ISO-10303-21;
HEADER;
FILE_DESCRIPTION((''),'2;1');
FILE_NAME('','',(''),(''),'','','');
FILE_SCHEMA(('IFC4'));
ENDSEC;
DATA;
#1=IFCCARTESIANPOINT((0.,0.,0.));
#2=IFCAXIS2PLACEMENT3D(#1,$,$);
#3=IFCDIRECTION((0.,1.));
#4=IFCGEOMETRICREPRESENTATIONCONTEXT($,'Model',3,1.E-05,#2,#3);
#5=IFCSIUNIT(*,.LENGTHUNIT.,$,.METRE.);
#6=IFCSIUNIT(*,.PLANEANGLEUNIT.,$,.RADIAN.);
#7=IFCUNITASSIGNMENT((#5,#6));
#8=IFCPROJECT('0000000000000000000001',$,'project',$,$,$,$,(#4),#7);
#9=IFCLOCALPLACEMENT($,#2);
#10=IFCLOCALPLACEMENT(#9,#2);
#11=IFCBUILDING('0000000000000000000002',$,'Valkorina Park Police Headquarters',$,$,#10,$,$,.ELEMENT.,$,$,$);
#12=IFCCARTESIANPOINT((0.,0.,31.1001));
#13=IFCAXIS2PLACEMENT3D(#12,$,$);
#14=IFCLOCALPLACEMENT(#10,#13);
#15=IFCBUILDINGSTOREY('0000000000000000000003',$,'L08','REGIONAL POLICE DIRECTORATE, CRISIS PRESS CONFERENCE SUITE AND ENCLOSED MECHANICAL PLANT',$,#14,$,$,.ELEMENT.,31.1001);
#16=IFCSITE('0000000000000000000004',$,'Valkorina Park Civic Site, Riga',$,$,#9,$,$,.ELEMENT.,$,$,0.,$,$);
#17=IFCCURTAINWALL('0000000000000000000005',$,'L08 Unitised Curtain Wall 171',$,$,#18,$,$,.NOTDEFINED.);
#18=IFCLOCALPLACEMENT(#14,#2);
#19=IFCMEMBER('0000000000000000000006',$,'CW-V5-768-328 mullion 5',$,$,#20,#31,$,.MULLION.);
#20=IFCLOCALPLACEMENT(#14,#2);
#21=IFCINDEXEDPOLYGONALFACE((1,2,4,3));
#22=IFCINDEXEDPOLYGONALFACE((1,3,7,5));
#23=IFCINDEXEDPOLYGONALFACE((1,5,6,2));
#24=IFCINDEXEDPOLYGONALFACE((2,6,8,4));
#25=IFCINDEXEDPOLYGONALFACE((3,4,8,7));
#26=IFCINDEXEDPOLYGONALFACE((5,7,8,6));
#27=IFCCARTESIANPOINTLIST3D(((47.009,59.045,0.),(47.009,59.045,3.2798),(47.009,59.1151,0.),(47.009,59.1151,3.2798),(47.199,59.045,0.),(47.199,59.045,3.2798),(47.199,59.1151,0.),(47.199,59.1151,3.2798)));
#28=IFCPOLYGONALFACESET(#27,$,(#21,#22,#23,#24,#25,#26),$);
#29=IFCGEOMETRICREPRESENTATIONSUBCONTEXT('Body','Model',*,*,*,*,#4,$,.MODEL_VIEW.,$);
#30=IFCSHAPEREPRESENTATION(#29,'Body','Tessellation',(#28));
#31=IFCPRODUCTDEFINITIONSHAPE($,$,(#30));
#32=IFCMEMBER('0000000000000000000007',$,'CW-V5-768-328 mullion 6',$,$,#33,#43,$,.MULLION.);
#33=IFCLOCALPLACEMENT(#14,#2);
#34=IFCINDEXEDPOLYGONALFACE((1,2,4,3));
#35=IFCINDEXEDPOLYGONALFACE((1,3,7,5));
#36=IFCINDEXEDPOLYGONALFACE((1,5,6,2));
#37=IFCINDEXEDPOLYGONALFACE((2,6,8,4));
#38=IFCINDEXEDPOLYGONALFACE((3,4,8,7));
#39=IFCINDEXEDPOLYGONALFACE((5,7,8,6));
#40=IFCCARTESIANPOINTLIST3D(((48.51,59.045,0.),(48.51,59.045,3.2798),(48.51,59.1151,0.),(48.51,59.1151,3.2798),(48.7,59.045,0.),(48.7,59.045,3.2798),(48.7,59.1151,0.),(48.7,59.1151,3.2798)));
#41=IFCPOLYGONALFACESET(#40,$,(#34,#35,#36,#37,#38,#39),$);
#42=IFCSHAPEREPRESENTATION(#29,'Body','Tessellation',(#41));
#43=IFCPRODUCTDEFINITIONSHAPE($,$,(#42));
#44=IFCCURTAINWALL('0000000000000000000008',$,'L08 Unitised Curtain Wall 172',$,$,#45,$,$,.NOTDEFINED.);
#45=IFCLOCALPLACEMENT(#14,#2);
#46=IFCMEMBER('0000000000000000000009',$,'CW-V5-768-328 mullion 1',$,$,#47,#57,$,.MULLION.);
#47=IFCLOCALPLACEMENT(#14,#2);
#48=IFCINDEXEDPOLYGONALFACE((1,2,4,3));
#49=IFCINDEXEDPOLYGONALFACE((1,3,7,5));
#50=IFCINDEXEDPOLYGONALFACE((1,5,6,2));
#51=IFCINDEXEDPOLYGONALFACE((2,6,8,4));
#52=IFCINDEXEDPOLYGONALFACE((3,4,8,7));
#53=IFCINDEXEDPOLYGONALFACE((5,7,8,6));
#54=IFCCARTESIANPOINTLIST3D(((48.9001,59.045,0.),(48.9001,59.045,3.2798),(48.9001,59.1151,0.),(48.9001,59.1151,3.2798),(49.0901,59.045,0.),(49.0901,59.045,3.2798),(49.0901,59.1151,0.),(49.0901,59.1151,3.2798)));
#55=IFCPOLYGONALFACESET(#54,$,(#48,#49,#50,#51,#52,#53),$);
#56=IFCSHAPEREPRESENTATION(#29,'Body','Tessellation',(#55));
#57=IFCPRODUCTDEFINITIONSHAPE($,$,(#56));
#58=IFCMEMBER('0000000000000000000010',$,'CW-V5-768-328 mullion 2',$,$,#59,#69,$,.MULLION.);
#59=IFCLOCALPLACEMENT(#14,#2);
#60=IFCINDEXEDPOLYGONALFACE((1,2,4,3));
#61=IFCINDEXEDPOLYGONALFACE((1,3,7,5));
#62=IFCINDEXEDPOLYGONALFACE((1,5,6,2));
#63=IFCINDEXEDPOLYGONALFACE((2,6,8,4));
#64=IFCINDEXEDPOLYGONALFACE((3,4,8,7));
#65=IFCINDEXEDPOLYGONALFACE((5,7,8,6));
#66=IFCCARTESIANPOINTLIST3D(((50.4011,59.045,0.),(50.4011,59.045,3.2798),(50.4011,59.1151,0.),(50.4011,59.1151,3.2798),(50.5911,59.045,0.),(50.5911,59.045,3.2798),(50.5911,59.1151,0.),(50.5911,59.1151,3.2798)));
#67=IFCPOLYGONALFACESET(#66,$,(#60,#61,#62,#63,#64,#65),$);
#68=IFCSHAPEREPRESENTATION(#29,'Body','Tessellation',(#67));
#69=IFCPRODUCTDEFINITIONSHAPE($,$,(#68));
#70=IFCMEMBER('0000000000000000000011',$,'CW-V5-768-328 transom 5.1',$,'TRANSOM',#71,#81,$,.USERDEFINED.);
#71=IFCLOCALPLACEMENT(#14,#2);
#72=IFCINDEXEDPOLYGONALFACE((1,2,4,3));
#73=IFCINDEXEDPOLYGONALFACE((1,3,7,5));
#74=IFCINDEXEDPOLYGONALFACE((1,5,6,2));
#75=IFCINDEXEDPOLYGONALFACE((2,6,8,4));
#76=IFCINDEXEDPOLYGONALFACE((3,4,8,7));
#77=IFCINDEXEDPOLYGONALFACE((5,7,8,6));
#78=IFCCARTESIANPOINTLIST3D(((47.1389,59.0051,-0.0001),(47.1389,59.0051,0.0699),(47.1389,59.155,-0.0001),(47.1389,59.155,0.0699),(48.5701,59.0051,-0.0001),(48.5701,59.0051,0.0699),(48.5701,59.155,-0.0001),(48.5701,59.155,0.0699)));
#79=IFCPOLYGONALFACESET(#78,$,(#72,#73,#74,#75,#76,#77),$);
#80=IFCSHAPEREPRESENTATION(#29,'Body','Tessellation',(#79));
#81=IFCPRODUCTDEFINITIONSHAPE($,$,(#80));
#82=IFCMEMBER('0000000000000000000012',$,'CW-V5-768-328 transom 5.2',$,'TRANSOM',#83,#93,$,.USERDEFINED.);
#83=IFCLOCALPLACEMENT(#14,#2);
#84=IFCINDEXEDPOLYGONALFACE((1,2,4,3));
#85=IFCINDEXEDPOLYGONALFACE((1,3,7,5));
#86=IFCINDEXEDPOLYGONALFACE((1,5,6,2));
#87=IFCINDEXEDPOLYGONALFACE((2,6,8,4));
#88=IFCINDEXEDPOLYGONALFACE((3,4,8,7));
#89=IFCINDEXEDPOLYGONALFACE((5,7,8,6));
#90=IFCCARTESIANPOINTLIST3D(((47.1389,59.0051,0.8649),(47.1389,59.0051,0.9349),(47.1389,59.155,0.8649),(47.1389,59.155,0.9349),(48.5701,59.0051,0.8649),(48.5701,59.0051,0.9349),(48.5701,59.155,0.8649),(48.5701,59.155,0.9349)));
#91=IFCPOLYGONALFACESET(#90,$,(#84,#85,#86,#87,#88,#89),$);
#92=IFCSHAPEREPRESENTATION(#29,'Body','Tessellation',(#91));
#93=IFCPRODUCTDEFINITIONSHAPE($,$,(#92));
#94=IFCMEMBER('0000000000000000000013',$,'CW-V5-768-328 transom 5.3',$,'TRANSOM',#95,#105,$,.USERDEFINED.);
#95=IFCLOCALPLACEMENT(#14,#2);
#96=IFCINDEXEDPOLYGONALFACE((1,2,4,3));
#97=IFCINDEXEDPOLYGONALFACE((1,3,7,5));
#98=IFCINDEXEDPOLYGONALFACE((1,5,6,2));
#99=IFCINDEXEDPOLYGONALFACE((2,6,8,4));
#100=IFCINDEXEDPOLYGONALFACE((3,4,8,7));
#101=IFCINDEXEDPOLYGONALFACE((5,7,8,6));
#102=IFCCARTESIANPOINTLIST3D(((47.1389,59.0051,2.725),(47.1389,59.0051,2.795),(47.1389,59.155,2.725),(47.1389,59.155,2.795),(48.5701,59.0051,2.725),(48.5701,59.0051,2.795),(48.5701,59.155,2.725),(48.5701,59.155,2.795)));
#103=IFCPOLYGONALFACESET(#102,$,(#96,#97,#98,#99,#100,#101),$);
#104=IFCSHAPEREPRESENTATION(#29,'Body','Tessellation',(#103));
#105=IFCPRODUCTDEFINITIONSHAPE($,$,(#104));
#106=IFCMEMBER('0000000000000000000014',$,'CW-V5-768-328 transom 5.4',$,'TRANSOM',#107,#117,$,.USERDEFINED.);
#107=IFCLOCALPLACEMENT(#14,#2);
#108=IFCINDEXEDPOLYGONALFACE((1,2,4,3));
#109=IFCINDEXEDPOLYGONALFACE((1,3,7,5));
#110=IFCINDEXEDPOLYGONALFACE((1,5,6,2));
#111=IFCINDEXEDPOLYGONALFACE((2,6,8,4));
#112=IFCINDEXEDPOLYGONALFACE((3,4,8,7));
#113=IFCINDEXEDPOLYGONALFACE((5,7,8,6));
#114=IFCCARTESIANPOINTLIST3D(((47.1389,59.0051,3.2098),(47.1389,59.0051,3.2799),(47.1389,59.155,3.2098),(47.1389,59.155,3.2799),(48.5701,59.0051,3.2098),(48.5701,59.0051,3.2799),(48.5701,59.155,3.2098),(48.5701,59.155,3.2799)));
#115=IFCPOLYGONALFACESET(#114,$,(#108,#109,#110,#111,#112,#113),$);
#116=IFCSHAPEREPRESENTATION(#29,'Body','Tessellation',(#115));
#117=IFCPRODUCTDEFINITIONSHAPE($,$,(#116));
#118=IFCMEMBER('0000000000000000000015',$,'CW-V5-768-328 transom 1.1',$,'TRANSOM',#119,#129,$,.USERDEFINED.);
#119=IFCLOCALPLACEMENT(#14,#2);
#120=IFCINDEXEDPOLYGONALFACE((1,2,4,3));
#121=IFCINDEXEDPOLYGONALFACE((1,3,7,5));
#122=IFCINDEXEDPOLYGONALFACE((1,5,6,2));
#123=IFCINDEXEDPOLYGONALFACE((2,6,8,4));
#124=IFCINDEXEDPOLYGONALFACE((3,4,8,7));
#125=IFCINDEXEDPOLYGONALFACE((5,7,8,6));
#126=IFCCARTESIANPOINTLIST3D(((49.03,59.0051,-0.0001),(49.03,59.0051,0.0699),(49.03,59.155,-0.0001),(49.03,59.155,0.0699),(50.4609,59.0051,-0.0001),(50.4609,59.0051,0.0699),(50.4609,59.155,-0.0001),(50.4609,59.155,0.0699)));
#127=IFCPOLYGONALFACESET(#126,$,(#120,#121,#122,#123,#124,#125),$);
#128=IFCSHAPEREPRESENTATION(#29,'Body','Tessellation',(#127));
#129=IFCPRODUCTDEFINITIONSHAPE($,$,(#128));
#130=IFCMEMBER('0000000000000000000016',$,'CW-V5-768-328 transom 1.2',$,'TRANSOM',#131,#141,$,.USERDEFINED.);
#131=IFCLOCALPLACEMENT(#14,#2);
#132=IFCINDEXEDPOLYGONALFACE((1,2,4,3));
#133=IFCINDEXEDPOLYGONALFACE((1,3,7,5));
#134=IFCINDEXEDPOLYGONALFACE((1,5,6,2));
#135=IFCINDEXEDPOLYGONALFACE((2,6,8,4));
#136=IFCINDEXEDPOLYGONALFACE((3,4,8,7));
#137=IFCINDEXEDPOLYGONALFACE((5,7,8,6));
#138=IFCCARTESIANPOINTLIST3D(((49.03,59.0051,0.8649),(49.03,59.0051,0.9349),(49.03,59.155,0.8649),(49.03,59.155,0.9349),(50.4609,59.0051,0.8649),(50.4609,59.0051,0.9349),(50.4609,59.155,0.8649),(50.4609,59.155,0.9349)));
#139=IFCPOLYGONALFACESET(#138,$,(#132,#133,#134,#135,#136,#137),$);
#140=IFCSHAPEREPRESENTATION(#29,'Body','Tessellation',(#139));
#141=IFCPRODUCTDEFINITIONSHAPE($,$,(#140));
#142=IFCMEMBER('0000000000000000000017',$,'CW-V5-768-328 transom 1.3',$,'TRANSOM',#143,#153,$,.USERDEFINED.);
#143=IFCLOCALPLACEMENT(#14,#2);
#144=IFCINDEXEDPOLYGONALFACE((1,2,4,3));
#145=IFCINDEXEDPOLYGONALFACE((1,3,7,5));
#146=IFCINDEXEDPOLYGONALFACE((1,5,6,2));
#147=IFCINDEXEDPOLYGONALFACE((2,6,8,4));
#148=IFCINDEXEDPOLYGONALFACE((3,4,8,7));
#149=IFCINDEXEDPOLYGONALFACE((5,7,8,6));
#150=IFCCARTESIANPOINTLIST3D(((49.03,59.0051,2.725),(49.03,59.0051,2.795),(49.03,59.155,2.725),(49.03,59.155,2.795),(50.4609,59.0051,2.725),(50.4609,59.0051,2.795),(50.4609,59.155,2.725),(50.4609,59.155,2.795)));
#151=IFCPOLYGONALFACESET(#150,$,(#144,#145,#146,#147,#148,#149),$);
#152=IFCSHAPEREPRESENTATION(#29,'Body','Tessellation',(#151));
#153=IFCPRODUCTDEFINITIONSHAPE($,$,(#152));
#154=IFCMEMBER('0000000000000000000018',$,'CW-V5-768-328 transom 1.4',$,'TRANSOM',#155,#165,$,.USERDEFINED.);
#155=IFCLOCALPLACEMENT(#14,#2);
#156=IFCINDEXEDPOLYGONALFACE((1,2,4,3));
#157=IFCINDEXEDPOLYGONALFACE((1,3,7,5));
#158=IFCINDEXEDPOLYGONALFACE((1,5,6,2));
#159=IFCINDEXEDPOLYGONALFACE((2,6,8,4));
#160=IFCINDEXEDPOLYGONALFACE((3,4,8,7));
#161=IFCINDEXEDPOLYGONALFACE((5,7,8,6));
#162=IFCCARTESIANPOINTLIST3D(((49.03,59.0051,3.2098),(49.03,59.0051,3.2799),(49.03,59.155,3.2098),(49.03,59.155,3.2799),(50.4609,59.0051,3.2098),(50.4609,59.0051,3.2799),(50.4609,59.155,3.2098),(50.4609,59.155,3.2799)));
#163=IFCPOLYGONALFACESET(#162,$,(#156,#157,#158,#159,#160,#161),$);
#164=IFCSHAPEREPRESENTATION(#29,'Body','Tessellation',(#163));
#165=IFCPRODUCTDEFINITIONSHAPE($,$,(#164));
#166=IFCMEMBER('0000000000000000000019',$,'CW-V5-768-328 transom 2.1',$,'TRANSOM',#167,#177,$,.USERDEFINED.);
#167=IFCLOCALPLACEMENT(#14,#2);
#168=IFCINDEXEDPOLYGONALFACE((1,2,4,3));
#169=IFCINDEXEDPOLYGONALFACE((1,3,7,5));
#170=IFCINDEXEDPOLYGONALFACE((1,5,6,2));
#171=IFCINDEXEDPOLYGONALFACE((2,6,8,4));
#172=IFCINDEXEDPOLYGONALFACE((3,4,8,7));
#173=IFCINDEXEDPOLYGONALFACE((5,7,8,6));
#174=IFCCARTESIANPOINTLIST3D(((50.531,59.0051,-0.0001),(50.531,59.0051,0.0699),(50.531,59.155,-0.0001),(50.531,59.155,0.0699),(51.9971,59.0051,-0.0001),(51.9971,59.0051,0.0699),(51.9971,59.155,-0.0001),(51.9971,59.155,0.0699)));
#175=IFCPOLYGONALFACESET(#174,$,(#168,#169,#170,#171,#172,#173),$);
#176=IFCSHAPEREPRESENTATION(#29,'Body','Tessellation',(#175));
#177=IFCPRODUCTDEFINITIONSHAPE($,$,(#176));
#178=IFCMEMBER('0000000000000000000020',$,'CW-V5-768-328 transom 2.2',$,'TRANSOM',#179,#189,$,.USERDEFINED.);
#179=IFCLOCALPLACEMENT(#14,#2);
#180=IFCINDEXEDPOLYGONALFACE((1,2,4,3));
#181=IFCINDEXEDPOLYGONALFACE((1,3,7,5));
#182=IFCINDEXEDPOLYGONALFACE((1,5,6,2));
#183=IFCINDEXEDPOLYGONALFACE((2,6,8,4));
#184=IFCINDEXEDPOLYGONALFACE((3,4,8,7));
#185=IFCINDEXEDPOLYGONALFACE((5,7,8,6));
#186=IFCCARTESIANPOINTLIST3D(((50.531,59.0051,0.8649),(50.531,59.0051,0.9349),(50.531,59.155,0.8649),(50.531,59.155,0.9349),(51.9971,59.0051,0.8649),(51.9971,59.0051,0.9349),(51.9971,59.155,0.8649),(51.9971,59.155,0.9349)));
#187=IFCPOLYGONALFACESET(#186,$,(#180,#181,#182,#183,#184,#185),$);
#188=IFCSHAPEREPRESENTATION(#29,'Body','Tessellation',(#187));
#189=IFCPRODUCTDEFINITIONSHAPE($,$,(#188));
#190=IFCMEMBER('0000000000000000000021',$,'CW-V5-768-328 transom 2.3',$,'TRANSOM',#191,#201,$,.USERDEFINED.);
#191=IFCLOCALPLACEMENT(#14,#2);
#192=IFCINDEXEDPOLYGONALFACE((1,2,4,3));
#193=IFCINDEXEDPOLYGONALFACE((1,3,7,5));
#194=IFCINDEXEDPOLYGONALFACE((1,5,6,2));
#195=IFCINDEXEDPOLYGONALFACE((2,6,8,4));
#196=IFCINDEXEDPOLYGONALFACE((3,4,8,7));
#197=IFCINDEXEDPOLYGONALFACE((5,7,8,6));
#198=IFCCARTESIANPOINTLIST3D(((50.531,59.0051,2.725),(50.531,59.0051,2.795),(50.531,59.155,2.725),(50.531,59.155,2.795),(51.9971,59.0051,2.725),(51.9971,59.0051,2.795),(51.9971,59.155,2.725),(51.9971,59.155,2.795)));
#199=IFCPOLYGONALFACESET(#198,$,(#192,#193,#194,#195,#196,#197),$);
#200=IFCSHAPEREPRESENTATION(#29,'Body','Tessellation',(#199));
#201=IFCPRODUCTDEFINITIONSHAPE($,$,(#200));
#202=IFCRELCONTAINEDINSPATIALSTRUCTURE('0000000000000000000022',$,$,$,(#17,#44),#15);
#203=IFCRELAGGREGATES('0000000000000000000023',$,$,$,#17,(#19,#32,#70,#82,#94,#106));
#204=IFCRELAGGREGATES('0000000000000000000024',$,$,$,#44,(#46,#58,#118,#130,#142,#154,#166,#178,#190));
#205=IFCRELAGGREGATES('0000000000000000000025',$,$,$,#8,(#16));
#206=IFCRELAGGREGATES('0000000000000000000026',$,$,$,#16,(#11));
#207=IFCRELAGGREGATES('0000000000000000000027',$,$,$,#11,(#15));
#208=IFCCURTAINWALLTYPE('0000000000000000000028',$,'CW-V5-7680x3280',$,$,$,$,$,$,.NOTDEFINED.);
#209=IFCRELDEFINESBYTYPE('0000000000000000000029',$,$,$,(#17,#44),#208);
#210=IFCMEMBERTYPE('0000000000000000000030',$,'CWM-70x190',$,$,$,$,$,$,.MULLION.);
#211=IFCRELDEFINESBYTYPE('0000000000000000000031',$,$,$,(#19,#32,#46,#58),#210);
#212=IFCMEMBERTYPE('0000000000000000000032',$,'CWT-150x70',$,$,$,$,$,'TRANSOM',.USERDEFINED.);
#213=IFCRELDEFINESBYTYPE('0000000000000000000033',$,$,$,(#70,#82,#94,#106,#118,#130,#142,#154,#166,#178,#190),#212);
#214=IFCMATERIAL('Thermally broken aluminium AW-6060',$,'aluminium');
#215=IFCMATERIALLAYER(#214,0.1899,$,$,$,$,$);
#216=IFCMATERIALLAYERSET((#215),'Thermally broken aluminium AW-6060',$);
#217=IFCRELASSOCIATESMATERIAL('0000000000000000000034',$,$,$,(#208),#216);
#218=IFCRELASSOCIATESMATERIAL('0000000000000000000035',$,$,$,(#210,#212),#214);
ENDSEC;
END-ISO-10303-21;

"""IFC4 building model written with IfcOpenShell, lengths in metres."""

from ifc_helpers import new_model, si_unit, direction, frame, origin, origin_2d, place, context, subcontext, project, spatial, rectangle, extrude, material, layer, layer_set, material_profile, profile_set, type_object, element, aggregate, save


model = new_model("IFC4")

# Units and contexts
model_context = context("Model", 3, precision=1e-05, world=origin(), true_north=direction((0.0, 1.0)))
body_context = subcontext(model_context, "Body", "Model", "MODEL_VIEW")
ifc_project = project(units=[si_unit("LENGTHUNIT", "METRE"), si_unit("PLANEANGLEUNIT", "RADIAN")], contexts=[model_context])

# Site, building, storey
site_placement = place(None, origin())
site = spatial("IfcSite", under=ifc_project, at=site_placement, Name="Valkorina Park Civic Site, Riga", CompositionType="ELEMENT", RefElevation=0.0)
building_placement = place(site_placement, origin())
building = spatial("IfcBuilding", under=site, at=building_placement, Name="Valkorina Park Police Headquarters", CompositionType="ELEMENT")
storey_placement = place(building_placement, frame((0.0, 0.0, 31.1001)))
storey = spatial("IfcBuildingStorey", under=building, at=storey_placement, Name="L08", Description="REGIONAL POLICE DIRECTORATE, CRISIS PRESS CONFERENCE SUITE AND ENCLOSED MECHANICAL PLANT", CompositionType="ELEMENT", Elevation=31.1001)

# Curtain walls, members
ifc_material_1 = material(Name="Thermally broken aluminium AW-6060", Category="aluminium")
ifc_layer_1 = layer(ifc_material_1, 0.1899)
ifc_layer_set_1 = layer_set([ifc_layer_1], Name="Thermally broken aluminium AW-6060")
curtain_wall_type = type_object("IfcCurtainWallType", Name="CW-V5-7680x3280", PredefinedType="NOTDEFINED", material=ifc_layer_set_1)
curtain_wall_1_placement = place(storey_placement, origin())
curtain_wall_1 = element("IfcCurtainWall", 1, at=curtain_wall_1_placement, inside=storey, type_object=curtain_wall_type, Name="L08 Unitised Curtain Wall 171", PredefinedType="NOTDEFINED")
ifc_material_profile_1 = material_profile(ifc_material_1, rectangle(XDim=0.0701, YDim=0.1899, at=origin_2d()), Name="CWM-02 70x190")
ifc_profile_set_1 = profile_set([ifc_material_profile_1], Name="Thermally broken aluminium AW-6060")
member_type_1 = type_object("IfcMemberType", Name="CWM-70x190", PredefinedType="MULLION", material=ifc_profile_set_1)
member_1_placement = place(storey_placement, frame((47.104, 59.0801, 0.0), z_axis=(0.0, 0.0, 1.0), x_axis=(0.0, 1.0, 0.0)))
member_1 = element("IfcMember", 2, at=member_1_placement, type_object=member_type_1, Name="CW-V5-768-328 mullion 5", PredefinedType="MULLION", context=body_context, shape_type="SweptSolid", body=[
    extrude(rectangle(XDim=0.0701, YDim=0.1899, at=origin_2d()), origin(), (0.0, 0.0, 1.0), 3.2798),
])
member_2_placement = place(storey_placement, frame((48.605, 59.0801, 0.0), z_axis=(0.0, 0.0, 1.0), x_axis=(0.0, 1.0, 0.0)))
member_2 = element("IfcMember", 3, at=member_2_placement, type_object=member_type_1, Name="CW-V5-768-328 mullion 6", PredefinedType="MULLION", context=body_context, shape_type="SweptSolid", body=[
    extrude(rectangle(XDim=0.0701, YDim=0.1899, at=origin_2d()), origin(), (0.0, 0.0, 1.0), 3.2798),
])
curtain_wall_2_placement = place(storey_placement, origin())
curtain_wall_2 = element("IfcCurtainWall", 4, at=curtain_wall_2_placement, inside=storey, type_object=curtain_wall_type, Name="L08 Unitised Curtain Wall 172", PredefinedType="NOTDEFINED")
member_3_placement = place(storey_placement, frame((48.9951, 59.0801, 0.0), z_axis=(0.0, 0.0, 1.0), x_axis=(0.0, 1.0, 0.0)))
member_3 = element("IfcMember", 5, at=member_3_placement, type_object=member_type_1, Name="CW-V5-768-328 mullion 1", PredefinedType="MULLION", context=body_context, shape_type="SweptSolid", body=[
    extrude(rectangle(XDim=0.0701, YDim=0.1899, at=origin_2d()), origin(), (0.0, 0.0, 1.0), 3.2798),
])
member_4_placement = place(storey_placement, frame((50.4961, 59.0801, 0.0), z_axis=(0.0, 0.0, 1.0), x_axis=(0.0, 1.0, 0.0)))
member_4 = element("IfcMember", 6, at=member_4_placement, type_object=member_type_1, Name="CW-V5-768-328 mullion 2", PredefinedType="MULLION", context=body_context, shape_type="SweptSolid", body=[
    extrude(rectangle(XDim=0.0701, YDim=0.1899, at=origin_2d()), origin(), (0.0, 0.0, 1.0), 3.2798),
])

# Members
ifc_material_profile_2 = material_profile(ifc_material_1, rectangle(XDim=0.1499, YDim=0.0701, at=origin_2d()), Name="CWT-02 150x70")
ifc_profile_set_2 = profile_set([ifc_material_profile_2], Name="Thermally broken aluminium AW-6060")
member_type_2 = type_object("IfcMemberType", Name="CWT-150x70", ElementType="TRANSOM", PredefinedType="USERDEFINED", material=ifc_profile_set_2)
member_5_placement = place(storey_placement, frame((47.1389, 59.0801, 0.0349), z_axis=(1.0, 0.0, 0.0), x_axis=(0.0, 1.0, 0.0)))
member_5 = element("IfcMember", 7, at=member_5_placement, type_object=member_type_2, Name="CW-V5-768-328 transom 5.1", ObjectType="TRANSOM", PredefinedType="USERDEFINED", context=body_context, shape_type="SweptSolid", body=[
    extrude(rectangle(XDim=0.1499, YDim=0.0701, at=origin_2d()), origin(), (0.0, 0.0, 1.0), 1.4312),
])
member_6_placement = place(storey_placement, frame((47.1389, 59.0801, 0.8999), z_axis=(1.0, 0.0, 0.0), x_axis=(0.0, 1.0, 0.0)))
member_6 = element("IfcMember", 8, at=member_6_placement, type_object=member_type_2, Name="CW-V5-768-328 transom 5.2", ObjectType="TRANSOM", PredefinedType="USERDEFINED", context=body_context, shape_type="SweptSolid", body=[
    extrude(rectangle(XDim=0.1499, YDim=0.0701, at=origin_2d()), origin(), (0.0, 0.0, 1.0), 1.4312),
])
member_7_placement = place(storey_placement, frame((47.1389, 59.0801, 2.76), z_axis=(1.0, 0.0, 0.0), x_axis=(0.0, 1.0, 0.0)))
member_7 = element("IfcMember", 9, at=member_7_placement, type_object=member_type_2, Name="CW-V5-768-328 transom 5.3", ObjectType="TRANSOM", PredefinedType="USERDEFINED", context=body_context, shape_type="SweptSolid", body=[
    extrude(rectangle(XDim=0.1499, YDim=0.0701, at=origin_2d()), origin(), (0.0, 0.0, 1.0), 1.4312),
])
member_8_placement = place(storey_placement, frame((47.1389, 59.0801, 3.2449), z_axis=(1.0, 0.0, 0.0), x_axis=(0.0, 1.0, 0.0)))
member_8 = element("IfcMember", 10, at=member_8_placement, type_object=member_type_2, Name="CW-V5-768-328 transom 5.4", ObjectType="TRANSOM", PredefinedType="USERDEFINED", context=body_context, shape_type="SweptSolid", body=[
    extrude(rectangle(XDim=0.1499, YDim=0.0701, at=origin_2d()), origin(), (0.0, 0.0, 1.0), 1.4312),
])
member_9_placement = place(storey_placement, frame((49.03, 59.0801, 0.0349), z_axis=(1.0, 0.0, 0.0), x_axis=(0.0, 1.0, 0.0)))
member_9 = element("IfcMember", 11, at=member_9_placement, type_object=member_type_2, Name="CW-V5-768-328 transom 1.1", ObjectType="TRANSOM", PredefinedType="USERDEFINED", context=body_context, shape_type="SweptSolid", body=[
    extrude(rectangle(XDim=0.1499, YDim=0.0701, at=origin_2d()), origin(), (0.0, 0.0, 1.0), 1.4309),
])
member_10_placement = place(storey_placement, frame((49.03, 59.0801, 0.8999), z_axis=(1.0, 0.0, 0.0), x_axis=(0.0, 1.0, 0.0)))
member_10 = element("IfcMember", 12, at=member_10_placement, type_object=member_type_2, Name="CW-V5-768-328 transom 1.2", ObjectType="TRANSOM", PredefinedType="USERDEFINED", context=body_context, shape_type="SweptSolid", body=[
    extrude(rectangle(XDim=0.1499, YDim=0.0701, at=origin_2d()), origin(), (0.0, 0.0, 1.0), 1.4309),
])
member_11_placement = place(storey_placement, frame((49.03, 59.0801, 2.76), z_axis=(1.0, 0.0, 0.0), x_axis=(0.0, 1.0, 0.0)))
member_11 = element("IfcMember", 13, at=member_11_placement, type_object=member_type_2, Name="CW-V5-768-328 transom 1.3", ObjectType="TRANSOM", PredefinedType="USERDEFINED", context=body_context, shape_type="SweptSolid", body=[
    extrude(rectangle(XDim=0.1499, YDim=0.0701, at=origin_2d()), origin(), (0.0, 0.0, 1.0), 1.4309),
])
member_12_placement = place(storey_placement, frame((49.03, 59.0801, 3.2449), z_axis=(1.0, 0.0, 0.0), x_axis=(0.0, 1.0, 0.0)))
member_12 = element("IfcMember", 14, at=member_12_placement, type_object=member_type_2, Name="CW-V5-768-328 transom 1.4", ObjectType="TRANSOM", PredefinedType="USERDEFINED", context=body_context, shape_type="SweptSolid", body=[
    extrude(rectangle(XDim=0.1499, YDim=0.0701, at=origin_2d()), origin(), (0.0, 0.0, 1.0), 1.4309),
])
member_13_placement = place(storey_placement, frame((50.531, 59.0801, 0.0349), z_axis=(1.0, 0.0, 0.0), x_axis=(0.0, 1.0, 0.0)))
member_13 = element("IfcMember", 15, at=member_13_placement, type_object=member_type_2, Name="CW-V5-768-328 transom 2.1", ObjectType="TRANSOM", PredefinedType="USERDEFINED", context=body_context, shape_type="SweptSolid", body=[
    extrude(rectangle(XDim=0.1499, YDim=0.0701, at=origin_2d()), origin(), (0.0, 0.0, 1.0), 1.4661),
])
member_14_placement = place(storey_placement, frame((50.531, 59.0801, 0.8999), z_axis=(1.0, 0.0, 0.0), x_axis=(0.0, 1.0, 0.0)))
member_14 = element("IfcMember", 16, at=member_14_placement, type_object=member_type_2, Name="CW-V5-768-328 transom 2.2", ObjectType="TRANSOM", PredefinedType="USERDEFINED", context=body_context, shape_type="SweptSolid", body=[
    extrude(rectangle(XDim=0.1499, YDim=0.0701, at=origin_2d()), origin(), (0.0, 0.0, 1.0), 1.4661),
])
member_15_placement = place(storey_placement, frame((50.531, 59.0801, 2.76), z_axis=(1.0, 0.0, 0.0), x_axis=(0.0, 1.0, 0.0)))
member_15 = element("IfcMember", 17, at=member_15_placement, type_object=member_type_2, Name="CW-V5-768-328 transom 2.3", ObjectType="TRANSOM", PredefinedType="USERDEFINED", context=body_context, shape_type="SweptSolid", body=[
    extrude(rectangle(XDim=0.1499, YDim=0.0701, at=origin_2d()), origin(), (0.0, 0.0, 1.0), 1.4661),
])

aggregate(curtain_wall_1, [member_1, member_2, member_5, member_6, member_7, member_8])
aggregate(curtain_wall_2, [member_3, member_4, member_9, member_10, member_11, member_12, member_13, member_14, member_15])

save(model, "model.ifc")
